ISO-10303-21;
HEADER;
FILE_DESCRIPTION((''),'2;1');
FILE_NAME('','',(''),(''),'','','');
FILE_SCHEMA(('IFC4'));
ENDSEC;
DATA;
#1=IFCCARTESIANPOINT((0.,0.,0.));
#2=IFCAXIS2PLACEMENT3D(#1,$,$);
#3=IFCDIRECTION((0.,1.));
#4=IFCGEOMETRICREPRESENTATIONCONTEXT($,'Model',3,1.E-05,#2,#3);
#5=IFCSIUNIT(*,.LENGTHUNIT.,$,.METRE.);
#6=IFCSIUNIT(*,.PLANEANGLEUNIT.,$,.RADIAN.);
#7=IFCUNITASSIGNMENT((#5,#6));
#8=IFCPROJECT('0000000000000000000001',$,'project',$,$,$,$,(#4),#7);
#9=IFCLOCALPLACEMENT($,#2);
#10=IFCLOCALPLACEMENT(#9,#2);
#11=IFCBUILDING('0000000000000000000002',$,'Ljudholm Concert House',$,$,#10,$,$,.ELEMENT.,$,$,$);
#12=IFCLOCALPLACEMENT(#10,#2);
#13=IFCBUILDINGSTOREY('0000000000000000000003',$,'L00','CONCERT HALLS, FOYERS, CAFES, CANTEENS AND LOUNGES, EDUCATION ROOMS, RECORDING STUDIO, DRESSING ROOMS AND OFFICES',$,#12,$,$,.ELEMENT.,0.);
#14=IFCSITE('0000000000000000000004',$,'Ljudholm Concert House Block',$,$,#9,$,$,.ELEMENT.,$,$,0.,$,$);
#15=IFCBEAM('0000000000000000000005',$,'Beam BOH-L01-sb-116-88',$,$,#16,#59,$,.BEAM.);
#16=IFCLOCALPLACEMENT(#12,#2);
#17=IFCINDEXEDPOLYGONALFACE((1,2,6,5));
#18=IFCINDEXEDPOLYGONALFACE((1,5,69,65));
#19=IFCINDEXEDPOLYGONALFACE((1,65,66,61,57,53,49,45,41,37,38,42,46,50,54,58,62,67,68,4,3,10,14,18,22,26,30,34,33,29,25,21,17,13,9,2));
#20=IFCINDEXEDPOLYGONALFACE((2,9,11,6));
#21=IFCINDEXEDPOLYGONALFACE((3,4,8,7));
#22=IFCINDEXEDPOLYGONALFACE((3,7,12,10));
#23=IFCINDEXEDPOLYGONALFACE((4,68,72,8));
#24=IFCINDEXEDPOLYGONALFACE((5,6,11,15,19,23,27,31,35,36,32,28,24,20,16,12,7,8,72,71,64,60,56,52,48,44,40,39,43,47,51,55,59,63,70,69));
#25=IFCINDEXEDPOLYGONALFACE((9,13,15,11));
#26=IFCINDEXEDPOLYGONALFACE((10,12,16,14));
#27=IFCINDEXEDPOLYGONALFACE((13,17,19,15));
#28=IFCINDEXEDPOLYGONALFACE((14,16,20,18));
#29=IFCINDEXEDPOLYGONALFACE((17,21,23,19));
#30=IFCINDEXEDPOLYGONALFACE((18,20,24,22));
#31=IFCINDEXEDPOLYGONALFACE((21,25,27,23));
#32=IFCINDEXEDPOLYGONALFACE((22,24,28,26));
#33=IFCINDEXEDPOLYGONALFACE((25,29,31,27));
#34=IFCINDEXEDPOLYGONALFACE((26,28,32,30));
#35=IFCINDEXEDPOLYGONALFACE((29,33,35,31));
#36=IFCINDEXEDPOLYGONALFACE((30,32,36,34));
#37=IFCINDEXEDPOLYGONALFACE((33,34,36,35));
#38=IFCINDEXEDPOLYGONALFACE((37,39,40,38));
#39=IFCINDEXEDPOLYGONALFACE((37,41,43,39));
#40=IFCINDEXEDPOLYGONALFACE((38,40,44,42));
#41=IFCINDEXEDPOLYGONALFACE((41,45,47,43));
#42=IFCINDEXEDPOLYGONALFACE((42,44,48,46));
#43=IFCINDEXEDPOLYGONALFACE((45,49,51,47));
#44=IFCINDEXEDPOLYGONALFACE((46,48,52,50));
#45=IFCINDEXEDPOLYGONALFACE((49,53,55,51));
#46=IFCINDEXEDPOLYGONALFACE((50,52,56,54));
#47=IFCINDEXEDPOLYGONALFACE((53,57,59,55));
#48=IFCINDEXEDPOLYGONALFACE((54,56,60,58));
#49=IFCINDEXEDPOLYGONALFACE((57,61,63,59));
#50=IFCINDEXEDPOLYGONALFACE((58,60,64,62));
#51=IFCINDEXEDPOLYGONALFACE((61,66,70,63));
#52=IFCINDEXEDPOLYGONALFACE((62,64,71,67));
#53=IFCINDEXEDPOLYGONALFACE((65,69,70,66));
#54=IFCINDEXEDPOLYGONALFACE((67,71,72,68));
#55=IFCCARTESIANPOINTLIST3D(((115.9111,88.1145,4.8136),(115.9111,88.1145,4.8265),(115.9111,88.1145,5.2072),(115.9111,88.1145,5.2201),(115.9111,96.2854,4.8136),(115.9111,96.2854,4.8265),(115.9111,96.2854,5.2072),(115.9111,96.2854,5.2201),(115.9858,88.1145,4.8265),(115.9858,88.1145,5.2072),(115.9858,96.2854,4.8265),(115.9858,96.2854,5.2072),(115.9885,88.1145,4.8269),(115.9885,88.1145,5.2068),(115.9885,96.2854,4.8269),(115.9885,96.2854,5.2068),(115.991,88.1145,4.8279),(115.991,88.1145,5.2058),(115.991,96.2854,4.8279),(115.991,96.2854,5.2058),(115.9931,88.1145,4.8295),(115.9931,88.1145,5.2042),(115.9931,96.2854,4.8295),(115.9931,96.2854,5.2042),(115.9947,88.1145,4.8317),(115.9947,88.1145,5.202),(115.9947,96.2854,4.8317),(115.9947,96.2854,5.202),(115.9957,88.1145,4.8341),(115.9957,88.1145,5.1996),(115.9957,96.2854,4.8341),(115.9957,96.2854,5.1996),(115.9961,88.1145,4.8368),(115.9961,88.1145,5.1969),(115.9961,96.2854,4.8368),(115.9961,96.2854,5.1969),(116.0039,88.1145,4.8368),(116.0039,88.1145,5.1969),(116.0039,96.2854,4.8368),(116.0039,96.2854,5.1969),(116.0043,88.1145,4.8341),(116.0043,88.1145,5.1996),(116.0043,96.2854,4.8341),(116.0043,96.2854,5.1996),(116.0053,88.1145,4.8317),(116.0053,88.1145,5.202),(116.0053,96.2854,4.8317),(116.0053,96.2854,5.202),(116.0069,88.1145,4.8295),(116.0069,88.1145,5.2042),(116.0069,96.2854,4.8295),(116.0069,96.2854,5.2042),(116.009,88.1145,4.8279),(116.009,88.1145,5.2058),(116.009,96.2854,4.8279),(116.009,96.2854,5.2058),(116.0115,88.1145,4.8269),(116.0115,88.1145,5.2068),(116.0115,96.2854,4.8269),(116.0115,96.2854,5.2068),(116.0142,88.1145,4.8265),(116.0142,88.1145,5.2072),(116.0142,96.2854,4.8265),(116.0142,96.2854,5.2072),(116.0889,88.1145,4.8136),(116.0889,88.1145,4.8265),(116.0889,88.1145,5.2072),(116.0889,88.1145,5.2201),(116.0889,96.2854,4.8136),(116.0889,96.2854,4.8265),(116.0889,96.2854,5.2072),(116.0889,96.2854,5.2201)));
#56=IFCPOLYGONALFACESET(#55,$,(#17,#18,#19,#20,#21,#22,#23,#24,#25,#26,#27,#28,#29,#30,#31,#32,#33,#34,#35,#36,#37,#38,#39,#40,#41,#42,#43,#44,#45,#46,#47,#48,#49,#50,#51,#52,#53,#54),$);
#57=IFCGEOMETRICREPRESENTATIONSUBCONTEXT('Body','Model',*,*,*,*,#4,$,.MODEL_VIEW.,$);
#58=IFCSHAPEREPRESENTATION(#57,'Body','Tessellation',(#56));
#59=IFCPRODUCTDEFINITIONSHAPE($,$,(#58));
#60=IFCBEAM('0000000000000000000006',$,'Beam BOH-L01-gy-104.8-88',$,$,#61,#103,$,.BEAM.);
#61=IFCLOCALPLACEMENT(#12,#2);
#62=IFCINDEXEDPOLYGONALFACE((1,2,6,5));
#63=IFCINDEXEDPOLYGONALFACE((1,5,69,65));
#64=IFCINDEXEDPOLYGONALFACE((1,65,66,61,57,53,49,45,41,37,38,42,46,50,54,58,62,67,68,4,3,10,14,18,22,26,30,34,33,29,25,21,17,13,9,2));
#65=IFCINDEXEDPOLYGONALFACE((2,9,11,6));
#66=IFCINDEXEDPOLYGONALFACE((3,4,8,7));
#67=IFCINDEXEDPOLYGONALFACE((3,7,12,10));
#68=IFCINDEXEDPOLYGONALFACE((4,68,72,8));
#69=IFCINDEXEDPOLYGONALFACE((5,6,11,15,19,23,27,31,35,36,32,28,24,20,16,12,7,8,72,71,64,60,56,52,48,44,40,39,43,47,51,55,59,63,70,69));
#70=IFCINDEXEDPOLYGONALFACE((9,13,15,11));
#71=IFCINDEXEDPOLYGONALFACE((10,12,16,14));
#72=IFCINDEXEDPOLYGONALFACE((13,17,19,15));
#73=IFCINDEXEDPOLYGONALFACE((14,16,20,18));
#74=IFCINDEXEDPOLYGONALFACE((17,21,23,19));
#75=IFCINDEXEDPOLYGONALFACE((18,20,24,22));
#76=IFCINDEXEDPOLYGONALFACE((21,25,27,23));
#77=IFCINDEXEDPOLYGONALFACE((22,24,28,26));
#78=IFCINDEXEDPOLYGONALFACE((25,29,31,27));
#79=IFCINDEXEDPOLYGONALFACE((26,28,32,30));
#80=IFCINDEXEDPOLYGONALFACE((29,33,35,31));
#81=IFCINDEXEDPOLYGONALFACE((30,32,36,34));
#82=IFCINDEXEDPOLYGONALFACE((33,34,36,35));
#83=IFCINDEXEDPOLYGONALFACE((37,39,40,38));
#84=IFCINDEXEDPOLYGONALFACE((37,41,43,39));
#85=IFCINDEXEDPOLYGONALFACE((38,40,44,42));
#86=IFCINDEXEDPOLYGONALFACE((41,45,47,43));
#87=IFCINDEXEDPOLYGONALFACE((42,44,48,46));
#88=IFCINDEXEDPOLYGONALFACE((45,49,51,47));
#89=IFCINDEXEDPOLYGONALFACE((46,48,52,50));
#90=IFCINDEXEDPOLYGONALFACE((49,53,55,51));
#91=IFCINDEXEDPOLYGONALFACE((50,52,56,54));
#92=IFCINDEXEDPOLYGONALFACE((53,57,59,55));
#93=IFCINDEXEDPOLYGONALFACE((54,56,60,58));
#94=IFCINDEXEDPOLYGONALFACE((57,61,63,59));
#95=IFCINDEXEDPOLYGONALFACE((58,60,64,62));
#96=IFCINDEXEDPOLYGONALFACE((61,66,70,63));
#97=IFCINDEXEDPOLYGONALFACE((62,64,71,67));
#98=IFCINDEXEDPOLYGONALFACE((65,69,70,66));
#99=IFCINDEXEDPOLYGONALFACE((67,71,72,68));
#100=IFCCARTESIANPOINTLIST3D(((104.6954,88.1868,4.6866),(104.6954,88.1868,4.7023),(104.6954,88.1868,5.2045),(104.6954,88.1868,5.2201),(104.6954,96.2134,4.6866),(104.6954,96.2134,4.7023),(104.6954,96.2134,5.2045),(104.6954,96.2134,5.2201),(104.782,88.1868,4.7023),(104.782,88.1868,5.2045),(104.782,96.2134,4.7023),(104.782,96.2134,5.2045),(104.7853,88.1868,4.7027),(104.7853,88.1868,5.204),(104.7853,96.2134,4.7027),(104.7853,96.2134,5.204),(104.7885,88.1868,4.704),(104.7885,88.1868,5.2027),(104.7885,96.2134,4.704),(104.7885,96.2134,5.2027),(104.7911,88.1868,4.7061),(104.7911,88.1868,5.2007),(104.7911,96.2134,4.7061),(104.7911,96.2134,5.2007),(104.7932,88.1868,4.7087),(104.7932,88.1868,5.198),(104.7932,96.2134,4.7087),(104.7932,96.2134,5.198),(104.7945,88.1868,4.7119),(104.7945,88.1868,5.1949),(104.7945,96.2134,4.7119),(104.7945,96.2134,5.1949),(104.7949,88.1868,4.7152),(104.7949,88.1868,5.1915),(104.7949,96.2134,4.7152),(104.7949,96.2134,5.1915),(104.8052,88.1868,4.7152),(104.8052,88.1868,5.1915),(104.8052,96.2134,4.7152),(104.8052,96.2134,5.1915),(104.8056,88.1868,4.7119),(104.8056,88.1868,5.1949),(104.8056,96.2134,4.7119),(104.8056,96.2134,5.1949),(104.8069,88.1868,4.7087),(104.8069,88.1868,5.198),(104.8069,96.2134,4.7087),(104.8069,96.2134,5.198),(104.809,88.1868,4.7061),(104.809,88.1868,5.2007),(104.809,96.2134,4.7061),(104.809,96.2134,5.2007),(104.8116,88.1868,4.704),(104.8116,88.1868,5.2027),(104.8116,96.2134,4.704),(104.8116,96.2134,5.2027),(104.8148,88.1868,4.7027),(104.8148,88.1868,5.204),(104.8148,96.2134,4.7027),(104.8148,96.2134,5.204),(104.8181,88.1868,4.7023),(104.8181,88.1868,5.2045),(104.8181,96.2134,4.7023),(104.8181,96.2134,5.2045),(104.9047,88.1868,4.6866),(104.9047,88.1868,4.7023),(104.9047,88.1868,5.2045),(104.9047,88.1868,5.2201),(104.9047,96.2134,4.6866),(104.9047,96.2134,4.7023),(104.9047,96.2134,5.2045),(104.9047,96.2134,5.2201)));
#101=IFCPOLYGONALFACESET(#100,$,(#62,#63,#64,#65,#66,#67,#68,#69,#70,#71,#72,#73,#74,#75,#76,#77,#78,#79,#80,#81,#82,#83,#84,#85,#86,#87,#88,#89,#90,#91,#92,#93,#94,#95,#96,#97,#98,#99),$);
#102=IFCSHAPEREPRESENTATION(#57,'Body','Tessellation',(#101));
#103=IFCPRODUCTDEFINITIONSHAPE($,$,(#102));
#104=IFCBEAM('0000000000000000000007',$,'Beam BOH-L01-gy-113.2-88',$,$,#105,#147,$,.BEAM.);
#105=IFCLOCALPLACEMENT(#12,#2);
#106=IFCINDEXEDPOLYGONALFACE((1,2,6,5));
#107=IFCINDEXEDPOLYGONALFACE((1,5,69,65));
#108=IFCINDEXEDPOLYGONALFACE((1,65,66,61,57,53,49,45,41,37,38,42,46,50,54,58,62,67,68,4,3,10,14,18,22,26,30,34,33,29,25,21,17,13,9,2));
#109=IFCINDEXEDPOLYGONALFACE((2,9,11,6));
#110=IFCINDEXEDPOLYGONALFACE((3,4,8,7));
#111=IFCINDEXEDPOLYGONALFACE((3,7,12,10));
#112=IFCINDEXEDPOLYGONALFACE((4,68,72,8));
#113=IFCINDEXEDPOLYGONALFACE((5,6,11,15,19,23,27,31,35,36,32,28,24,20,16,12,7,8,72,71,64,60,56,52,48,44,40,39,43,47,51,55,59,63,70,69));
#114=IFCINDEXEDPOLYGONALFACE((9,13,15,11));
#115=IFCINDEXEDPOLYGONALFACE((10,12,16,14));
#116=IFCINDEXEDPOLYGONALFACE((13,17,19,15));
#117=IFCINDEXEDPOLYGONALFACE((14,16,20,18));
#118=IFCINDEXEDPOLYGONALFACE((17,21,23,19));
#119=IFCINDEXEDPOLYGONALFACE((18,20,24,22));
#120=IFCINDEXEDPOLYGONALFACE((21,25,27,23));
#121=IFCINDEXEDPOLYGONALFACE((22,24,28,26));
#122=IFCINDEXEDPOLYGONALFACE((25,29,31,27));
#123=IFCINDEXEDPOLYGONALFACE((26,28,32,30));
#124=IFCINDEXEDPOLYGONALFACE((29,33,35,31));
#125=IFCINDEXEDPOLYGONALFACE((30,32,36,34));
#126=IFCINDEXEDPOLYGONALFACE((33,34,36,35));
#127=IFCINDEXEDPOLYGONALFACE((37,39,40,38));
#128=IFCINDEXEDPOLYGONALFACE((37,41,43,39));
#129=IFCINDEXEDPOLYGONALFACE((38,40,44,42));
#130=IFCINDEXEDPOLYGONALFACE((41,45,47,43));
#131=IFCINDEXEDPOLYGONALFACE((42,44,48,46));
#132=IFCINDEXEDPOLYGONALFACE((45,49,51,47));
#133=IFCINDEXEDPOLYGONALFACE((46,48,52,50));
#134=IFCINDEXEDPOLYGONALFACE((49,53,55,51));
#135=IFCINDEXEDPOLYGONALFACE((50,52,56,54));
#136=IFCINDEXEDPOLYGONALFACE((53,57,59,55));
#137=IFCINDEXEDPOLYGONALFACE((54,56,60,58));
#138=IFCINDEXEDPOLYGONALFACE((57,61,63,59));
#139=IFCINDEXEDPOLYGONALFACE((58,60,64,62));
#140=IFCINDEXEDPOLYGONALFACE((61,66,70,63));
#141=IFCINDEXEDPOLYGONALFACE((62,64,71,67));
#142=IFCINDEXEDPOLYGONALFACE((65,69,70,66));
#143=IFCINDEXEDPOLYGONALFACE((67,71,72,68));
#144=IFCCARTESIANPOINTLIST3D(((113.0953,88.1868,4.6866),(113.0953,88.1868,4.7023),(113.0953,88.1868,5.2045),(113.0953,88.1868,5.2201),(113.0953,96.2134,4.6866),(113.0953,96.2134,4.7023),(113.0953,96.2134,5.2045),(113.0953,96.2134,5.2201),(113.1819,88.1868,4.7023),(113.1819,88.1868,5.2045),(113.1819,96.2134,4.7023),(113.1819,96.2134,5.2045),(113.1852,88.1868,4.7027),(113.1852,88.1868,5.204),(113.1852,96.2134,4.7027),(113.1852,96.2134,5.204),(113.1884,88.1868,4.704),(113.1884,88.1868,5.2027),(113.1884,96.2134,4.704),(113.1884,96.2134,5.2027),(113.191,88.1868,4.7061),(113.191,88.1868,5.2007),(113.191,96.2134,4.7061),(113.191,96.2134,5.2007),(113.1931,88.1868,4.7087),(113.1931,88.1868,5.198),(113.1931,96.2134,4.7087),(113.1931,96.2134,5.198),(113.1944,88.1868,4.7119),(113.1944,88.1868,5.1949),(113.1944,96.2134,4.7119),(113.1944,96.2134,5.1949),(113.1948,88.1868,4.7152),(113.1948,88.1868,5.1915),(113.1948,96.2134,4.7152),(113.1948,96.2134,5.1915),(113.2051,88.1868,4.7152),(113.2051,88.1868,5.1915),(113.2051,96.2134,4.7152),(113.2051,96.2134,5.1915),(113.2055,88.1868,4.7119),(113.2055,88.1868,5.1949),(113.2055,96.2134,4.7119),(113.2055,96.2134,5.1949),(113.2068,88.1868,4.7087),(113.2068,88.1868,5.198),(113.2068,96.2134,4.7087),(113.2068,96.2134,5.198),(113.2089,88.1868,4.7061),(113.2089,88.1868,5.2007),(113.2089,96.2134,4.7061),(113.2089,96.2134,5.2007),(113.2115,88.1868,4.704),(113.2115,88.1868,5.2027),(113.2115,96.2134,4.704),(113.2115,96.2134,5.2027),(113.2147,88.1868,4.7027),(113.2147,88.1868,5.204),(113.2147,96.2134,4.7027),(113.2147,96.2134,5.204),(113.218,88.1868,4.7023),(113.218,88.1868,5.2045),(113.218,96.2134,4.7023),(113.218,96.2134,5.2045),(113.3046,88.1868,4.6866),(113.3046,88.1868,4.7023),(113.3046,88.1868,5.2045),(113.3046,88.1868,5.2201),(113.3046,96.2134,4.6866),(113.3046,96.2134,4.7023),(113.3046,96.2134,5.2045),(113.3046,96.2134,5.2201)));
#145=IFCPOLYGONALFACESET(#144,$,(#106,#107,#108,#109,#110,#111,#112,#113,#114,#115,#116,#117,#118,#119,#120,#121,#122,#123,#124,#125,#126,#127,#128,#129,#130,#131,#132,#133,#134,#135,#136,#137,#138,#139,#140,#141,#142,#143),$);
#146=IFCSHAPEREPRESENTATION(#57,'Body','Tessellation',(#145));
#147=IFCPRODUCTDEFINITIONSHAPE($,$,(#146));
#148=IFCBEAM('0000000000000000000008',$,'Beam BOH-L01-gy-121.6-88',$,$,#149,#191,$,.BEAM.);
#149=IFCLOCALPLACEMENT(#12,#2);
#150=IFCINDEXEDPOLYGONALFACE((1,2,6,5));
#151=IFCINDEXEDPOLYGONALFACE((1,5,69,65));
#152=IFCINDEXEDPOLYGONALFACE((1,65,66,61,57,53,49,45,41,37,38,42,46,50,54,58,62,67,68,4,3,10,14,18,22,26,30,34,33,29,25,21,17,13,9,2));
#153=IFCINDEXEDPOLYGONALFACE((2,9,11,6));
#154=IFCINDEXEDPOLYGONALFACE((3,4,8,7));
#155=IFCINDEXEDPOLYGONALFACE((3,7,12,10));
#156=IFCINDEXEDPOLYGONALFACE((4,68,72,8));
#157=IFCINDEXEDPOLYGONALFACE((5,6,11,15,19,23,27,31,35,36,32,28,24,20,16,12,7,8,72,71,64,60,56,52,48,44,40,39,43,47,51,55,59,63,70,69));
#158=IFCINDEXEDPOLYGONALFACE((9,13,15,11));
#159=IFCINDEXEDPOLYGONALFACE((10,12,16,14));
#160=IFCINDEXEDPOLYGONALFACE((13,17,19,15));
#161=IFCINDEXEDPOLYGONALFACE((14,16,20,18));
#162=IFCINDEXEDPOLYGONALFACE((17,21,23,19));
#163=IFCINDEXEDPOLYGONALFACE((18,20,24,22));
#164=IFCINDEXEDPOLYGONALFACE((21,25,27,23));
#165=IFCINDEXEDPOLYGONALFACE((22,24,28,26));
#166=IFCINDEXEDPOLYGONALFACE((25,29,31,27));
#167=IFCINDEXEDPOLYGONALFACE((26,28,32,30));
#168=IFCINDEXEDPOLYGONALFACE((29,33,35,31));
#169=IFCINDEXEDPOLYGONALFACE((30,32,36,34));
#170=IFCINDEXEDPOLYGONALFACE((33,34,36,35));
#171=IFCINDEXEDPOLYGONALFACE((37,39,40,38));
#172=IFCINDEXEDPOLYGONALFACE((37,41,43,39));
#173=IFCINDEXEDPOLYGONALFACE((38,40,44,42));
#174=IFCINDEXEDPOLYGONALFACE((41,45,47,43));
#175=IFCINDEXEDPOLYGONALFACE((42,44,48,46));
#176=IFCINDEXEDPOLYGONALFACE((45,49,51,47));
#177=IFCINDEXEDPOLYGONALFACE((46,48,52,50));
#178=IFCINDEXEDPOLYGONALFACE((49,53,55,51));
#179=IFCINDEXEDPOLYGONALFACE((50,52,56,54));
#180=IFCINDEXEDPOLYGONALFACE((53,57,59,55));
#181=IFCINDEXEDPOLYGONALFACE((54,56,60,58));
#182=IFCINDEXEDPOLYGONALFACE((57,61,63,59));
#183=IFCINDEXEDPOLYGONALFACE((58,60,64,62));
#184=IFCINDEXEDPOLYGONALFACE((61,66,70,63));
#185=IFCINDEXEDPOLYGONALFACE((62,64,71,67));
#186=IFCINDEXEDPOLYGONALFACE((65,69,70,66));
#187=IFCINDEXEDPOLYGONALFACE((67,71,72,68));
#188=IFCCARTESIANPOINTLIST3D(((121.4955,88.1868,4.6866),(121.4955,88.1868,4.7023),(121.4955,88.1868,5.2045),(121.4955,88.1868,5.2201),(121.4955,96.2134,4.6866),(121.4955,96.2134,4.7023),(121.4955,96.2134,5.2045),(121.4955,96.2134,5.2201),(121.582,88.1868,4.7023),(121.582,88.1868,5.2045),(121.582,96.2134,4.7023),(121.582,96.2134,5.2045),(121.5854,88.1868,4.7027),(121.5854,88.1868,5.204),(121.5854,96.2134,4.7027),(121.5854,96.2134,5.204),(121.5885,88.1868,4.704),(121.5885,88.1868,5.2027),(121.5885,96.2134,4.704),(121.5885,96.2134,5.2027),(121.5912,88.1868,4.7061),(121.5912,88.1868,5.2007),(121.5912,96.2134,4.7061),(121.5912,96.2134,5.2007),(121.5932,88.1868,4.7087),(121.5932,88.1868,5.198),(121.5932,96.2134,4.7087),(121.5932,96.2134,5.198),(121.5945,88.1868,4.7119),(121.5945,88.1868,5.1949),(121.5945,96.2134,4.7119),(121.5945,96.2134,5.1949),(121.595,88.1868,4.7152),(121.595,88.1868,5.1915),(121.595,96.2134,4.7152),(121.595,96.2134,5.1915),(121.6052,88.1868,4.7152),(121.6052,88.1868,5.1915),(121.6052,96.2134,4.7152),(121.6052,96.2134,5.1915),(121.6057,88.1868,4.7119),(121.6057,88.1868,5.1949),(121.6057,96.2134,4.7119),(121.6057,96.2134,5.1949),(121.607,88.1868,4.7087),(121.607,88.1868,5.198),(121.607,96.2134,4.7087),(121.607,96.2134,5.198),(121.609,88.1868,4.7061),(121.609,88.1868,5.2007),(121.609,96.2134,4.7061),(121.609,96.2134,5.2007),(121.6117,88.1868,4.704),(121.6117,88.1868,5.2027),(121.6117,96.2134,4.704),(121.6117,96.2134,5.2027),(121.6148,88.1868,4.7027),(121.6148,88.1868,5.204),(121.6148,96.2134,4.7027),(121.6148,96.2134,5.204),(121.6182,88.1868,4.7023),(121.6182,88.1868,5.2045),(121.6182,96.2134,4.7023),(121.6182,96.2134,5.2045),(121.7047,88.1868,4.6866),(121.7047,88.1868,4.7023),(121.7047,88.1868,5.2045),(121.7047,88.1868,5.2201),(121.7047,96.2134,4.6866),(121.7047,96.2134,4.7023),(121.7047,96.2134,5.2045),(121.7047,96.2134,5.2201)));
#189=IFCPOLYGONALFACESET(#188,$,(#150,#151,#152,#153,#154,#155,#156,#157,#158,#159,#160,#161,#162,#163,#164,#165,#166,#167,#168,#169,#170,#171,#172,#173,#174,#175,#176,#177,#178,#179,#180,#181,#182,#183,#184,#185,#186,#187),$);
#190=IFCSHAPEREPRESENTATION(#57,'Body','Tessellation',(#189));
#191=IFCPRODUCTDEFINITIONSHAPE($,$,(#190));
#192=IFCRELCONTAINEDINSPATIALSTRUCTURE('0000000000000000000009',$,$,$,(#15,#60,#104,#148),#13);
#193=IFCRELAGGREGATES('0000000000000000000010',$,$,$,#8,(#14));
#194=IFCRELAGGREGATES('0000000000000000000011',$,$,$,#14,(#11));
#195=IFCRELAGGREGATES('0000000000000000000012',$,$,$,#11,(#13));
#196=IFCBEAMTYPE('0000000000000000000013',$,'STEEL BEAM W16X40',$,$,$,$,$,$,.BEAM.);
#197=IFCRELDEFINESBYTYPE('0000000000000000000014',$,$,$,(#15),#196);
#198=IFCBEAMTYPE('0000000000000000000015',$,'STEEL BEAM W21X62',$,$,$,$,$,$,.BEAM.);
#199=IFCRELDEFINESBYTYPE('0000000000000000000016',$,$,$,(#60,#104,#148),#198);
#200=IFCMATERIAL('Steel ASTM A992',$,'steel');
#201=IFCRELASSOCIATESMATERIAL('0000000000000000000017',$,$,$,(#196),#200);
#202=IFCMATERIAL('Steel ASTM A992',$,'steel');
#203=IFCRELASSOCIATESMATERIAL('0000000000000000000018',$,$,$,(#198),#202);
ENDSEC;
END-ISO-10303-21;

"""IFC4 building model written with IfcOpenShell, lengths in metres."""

from ifc_helpers import new_model, si_unit, direction, frame, origin, origin_2d, place, context, subcontext, project, spatial, i_section, extrude, material, material_profile, profile_set, type_object, element, save


model = new_model("IFC4")

# Units and contexts
model_context = context("Model", 3, precision=1e-05, world=origin(), true_north=direction((0.0, 1.0)))
body_context = subcontext(model_context, "Body", "Model", "MODEL_VIEW")
ifc_project = project(units=[si_unit("LENGTHUNIT", "METRE"), si_unit("PLANEANGLEUNIT", "RADIAN")], contexts=[model_context])

# Site, building, storey
site_placement = place(None, origin())
site = spatial("IfcSite", under=ifc_project, at=site_placement, Name="Ljudholm Concert House Block", CompositionType="ELEMENT", RefElevation=0.0)
building_placement = place(site_placement, origin())
building = spatial("IfcBuilding", under=site, at=building_placement, Name="Ljudholm Concert House", CompositionType="ELEMENT")
storey_placement = place(building_placement, origin())
storey = spatial("IfcBuildingStorey", under=building, at=storey_placement, Name="L00", Description="CONCERT HALLS, FOYERS, CAFES, CANTEENS AND LOUNGES, EDUCATION ROOMS, RECORDING STUDIO, DRESSING ROOMS AND OFFICES", CompositionType="ELEMENT", Elevation=0.0)

# Beams
ifc_material_1 = material(Name="Steel ASTM A992", Category="steel")
ifc_material_profile_1 = material_profile(ifc_material_1, i_section(OverallWidth=0.1777, OverallDepth=0.4065, WebThickness=0.0078, FlangeThickness=0.0129, FilletRadius=0.0103, at=origin_2d()), Name="W16X40")
ifc_profile_set_1 = profile_set([ifc_material_profile_1], Name="Steel ASTM A992")
beam_type_1 = type_object("IfcBeamType", Name="STEEL BEAM W16X40", PredefinedType="BEAM", material=ifc_profile_set_1)
for number, where, z_axis, x_axis, name in (
    (1, (116.0, 88.1145, 5.0168), (0.0, 1.0, 0.0), (-1.0, 0.0, 0.0), "Beam BOH-L01-sb-116-88"),
):
    element("IfcBeam", number, at=place(storey_placement, frame(where, z_axis=z_axis, x_axis=x_axis)), inside=storey, type_object=beam_type_1, Name=name, PredefinedType="BEAM", context=body_context, shape_type="SweptSolid", body=[
        extrude(i_section(OverallWidth=0.1777, OverallDepth=0.4065, WebThickness=0.0078, FlangeThickness=0.0129, FilletRadius=0.0103, at=origin_2d()), origin(), (0.0, 0.0, 1.0), 8.1709),
    ])
ifc_material_2 = material(Name="Steel ASTM A992", Category="steel")
ifc_material_profile_2 = material_profile(ifc_material_2, i_section(OverallWidth=0.2092, OverallDepth=0.5334, WebThickness=0.0103, FlangeThickness=0.0156, FilletRadius=0.0129, at=origin_2d()), Name="W21X62")
ifc_profile_set_2 = profile_set([ifc_material_profile_2], Name="Steel ASTM A992")
beam_type_2 = type_object("IfcBeamType", Name="STEEL BEAM W21X62", PredefinedType="BEAM", material=ifc_profile_set_2)
for number, where, z_axis, x_axis, name in (
    (2, (104.8, 88.1868, 4.9534), (0.0, 1.0, 0.0), (-1.0, 0.0, 0.0), "Beam BOH-L01-gy-104.8-88"),
    (3, (113.2, 88.1868, 4.9534), (0.0, 1.0, 0.0), (-1.0, 0.0, 0.0), "Beam BOH-L01-gy-113.2-88"),
    (4, (121.6001, 88.1868, 4.9534), (0.0, 1.0, 0.0), (-1.0, 0.0, 0.0), "Beam BOH-L01-gy-121.6-88"),
):
    element("IfcBeam", number, at=place(storey_placement, frame(where, z_axis=z_axis, x_axis=x_axis)), inside=storey, type_object=beam_type_2, Name=name, PredefinedType="BEAM", context=body_context, shape_type="SweptSolid", body=[
        extrude(i_section(OverallWidth=0.2092, OverallDepth=0.5334, WebThickness=0.0103, FlangeThickness=0.0156, FilletRadius=0.0129, at=origin_2d()), origin(), (0.0, 0.0, 1.0), 8.0266),
    ])

save(model, "model.ifc")
